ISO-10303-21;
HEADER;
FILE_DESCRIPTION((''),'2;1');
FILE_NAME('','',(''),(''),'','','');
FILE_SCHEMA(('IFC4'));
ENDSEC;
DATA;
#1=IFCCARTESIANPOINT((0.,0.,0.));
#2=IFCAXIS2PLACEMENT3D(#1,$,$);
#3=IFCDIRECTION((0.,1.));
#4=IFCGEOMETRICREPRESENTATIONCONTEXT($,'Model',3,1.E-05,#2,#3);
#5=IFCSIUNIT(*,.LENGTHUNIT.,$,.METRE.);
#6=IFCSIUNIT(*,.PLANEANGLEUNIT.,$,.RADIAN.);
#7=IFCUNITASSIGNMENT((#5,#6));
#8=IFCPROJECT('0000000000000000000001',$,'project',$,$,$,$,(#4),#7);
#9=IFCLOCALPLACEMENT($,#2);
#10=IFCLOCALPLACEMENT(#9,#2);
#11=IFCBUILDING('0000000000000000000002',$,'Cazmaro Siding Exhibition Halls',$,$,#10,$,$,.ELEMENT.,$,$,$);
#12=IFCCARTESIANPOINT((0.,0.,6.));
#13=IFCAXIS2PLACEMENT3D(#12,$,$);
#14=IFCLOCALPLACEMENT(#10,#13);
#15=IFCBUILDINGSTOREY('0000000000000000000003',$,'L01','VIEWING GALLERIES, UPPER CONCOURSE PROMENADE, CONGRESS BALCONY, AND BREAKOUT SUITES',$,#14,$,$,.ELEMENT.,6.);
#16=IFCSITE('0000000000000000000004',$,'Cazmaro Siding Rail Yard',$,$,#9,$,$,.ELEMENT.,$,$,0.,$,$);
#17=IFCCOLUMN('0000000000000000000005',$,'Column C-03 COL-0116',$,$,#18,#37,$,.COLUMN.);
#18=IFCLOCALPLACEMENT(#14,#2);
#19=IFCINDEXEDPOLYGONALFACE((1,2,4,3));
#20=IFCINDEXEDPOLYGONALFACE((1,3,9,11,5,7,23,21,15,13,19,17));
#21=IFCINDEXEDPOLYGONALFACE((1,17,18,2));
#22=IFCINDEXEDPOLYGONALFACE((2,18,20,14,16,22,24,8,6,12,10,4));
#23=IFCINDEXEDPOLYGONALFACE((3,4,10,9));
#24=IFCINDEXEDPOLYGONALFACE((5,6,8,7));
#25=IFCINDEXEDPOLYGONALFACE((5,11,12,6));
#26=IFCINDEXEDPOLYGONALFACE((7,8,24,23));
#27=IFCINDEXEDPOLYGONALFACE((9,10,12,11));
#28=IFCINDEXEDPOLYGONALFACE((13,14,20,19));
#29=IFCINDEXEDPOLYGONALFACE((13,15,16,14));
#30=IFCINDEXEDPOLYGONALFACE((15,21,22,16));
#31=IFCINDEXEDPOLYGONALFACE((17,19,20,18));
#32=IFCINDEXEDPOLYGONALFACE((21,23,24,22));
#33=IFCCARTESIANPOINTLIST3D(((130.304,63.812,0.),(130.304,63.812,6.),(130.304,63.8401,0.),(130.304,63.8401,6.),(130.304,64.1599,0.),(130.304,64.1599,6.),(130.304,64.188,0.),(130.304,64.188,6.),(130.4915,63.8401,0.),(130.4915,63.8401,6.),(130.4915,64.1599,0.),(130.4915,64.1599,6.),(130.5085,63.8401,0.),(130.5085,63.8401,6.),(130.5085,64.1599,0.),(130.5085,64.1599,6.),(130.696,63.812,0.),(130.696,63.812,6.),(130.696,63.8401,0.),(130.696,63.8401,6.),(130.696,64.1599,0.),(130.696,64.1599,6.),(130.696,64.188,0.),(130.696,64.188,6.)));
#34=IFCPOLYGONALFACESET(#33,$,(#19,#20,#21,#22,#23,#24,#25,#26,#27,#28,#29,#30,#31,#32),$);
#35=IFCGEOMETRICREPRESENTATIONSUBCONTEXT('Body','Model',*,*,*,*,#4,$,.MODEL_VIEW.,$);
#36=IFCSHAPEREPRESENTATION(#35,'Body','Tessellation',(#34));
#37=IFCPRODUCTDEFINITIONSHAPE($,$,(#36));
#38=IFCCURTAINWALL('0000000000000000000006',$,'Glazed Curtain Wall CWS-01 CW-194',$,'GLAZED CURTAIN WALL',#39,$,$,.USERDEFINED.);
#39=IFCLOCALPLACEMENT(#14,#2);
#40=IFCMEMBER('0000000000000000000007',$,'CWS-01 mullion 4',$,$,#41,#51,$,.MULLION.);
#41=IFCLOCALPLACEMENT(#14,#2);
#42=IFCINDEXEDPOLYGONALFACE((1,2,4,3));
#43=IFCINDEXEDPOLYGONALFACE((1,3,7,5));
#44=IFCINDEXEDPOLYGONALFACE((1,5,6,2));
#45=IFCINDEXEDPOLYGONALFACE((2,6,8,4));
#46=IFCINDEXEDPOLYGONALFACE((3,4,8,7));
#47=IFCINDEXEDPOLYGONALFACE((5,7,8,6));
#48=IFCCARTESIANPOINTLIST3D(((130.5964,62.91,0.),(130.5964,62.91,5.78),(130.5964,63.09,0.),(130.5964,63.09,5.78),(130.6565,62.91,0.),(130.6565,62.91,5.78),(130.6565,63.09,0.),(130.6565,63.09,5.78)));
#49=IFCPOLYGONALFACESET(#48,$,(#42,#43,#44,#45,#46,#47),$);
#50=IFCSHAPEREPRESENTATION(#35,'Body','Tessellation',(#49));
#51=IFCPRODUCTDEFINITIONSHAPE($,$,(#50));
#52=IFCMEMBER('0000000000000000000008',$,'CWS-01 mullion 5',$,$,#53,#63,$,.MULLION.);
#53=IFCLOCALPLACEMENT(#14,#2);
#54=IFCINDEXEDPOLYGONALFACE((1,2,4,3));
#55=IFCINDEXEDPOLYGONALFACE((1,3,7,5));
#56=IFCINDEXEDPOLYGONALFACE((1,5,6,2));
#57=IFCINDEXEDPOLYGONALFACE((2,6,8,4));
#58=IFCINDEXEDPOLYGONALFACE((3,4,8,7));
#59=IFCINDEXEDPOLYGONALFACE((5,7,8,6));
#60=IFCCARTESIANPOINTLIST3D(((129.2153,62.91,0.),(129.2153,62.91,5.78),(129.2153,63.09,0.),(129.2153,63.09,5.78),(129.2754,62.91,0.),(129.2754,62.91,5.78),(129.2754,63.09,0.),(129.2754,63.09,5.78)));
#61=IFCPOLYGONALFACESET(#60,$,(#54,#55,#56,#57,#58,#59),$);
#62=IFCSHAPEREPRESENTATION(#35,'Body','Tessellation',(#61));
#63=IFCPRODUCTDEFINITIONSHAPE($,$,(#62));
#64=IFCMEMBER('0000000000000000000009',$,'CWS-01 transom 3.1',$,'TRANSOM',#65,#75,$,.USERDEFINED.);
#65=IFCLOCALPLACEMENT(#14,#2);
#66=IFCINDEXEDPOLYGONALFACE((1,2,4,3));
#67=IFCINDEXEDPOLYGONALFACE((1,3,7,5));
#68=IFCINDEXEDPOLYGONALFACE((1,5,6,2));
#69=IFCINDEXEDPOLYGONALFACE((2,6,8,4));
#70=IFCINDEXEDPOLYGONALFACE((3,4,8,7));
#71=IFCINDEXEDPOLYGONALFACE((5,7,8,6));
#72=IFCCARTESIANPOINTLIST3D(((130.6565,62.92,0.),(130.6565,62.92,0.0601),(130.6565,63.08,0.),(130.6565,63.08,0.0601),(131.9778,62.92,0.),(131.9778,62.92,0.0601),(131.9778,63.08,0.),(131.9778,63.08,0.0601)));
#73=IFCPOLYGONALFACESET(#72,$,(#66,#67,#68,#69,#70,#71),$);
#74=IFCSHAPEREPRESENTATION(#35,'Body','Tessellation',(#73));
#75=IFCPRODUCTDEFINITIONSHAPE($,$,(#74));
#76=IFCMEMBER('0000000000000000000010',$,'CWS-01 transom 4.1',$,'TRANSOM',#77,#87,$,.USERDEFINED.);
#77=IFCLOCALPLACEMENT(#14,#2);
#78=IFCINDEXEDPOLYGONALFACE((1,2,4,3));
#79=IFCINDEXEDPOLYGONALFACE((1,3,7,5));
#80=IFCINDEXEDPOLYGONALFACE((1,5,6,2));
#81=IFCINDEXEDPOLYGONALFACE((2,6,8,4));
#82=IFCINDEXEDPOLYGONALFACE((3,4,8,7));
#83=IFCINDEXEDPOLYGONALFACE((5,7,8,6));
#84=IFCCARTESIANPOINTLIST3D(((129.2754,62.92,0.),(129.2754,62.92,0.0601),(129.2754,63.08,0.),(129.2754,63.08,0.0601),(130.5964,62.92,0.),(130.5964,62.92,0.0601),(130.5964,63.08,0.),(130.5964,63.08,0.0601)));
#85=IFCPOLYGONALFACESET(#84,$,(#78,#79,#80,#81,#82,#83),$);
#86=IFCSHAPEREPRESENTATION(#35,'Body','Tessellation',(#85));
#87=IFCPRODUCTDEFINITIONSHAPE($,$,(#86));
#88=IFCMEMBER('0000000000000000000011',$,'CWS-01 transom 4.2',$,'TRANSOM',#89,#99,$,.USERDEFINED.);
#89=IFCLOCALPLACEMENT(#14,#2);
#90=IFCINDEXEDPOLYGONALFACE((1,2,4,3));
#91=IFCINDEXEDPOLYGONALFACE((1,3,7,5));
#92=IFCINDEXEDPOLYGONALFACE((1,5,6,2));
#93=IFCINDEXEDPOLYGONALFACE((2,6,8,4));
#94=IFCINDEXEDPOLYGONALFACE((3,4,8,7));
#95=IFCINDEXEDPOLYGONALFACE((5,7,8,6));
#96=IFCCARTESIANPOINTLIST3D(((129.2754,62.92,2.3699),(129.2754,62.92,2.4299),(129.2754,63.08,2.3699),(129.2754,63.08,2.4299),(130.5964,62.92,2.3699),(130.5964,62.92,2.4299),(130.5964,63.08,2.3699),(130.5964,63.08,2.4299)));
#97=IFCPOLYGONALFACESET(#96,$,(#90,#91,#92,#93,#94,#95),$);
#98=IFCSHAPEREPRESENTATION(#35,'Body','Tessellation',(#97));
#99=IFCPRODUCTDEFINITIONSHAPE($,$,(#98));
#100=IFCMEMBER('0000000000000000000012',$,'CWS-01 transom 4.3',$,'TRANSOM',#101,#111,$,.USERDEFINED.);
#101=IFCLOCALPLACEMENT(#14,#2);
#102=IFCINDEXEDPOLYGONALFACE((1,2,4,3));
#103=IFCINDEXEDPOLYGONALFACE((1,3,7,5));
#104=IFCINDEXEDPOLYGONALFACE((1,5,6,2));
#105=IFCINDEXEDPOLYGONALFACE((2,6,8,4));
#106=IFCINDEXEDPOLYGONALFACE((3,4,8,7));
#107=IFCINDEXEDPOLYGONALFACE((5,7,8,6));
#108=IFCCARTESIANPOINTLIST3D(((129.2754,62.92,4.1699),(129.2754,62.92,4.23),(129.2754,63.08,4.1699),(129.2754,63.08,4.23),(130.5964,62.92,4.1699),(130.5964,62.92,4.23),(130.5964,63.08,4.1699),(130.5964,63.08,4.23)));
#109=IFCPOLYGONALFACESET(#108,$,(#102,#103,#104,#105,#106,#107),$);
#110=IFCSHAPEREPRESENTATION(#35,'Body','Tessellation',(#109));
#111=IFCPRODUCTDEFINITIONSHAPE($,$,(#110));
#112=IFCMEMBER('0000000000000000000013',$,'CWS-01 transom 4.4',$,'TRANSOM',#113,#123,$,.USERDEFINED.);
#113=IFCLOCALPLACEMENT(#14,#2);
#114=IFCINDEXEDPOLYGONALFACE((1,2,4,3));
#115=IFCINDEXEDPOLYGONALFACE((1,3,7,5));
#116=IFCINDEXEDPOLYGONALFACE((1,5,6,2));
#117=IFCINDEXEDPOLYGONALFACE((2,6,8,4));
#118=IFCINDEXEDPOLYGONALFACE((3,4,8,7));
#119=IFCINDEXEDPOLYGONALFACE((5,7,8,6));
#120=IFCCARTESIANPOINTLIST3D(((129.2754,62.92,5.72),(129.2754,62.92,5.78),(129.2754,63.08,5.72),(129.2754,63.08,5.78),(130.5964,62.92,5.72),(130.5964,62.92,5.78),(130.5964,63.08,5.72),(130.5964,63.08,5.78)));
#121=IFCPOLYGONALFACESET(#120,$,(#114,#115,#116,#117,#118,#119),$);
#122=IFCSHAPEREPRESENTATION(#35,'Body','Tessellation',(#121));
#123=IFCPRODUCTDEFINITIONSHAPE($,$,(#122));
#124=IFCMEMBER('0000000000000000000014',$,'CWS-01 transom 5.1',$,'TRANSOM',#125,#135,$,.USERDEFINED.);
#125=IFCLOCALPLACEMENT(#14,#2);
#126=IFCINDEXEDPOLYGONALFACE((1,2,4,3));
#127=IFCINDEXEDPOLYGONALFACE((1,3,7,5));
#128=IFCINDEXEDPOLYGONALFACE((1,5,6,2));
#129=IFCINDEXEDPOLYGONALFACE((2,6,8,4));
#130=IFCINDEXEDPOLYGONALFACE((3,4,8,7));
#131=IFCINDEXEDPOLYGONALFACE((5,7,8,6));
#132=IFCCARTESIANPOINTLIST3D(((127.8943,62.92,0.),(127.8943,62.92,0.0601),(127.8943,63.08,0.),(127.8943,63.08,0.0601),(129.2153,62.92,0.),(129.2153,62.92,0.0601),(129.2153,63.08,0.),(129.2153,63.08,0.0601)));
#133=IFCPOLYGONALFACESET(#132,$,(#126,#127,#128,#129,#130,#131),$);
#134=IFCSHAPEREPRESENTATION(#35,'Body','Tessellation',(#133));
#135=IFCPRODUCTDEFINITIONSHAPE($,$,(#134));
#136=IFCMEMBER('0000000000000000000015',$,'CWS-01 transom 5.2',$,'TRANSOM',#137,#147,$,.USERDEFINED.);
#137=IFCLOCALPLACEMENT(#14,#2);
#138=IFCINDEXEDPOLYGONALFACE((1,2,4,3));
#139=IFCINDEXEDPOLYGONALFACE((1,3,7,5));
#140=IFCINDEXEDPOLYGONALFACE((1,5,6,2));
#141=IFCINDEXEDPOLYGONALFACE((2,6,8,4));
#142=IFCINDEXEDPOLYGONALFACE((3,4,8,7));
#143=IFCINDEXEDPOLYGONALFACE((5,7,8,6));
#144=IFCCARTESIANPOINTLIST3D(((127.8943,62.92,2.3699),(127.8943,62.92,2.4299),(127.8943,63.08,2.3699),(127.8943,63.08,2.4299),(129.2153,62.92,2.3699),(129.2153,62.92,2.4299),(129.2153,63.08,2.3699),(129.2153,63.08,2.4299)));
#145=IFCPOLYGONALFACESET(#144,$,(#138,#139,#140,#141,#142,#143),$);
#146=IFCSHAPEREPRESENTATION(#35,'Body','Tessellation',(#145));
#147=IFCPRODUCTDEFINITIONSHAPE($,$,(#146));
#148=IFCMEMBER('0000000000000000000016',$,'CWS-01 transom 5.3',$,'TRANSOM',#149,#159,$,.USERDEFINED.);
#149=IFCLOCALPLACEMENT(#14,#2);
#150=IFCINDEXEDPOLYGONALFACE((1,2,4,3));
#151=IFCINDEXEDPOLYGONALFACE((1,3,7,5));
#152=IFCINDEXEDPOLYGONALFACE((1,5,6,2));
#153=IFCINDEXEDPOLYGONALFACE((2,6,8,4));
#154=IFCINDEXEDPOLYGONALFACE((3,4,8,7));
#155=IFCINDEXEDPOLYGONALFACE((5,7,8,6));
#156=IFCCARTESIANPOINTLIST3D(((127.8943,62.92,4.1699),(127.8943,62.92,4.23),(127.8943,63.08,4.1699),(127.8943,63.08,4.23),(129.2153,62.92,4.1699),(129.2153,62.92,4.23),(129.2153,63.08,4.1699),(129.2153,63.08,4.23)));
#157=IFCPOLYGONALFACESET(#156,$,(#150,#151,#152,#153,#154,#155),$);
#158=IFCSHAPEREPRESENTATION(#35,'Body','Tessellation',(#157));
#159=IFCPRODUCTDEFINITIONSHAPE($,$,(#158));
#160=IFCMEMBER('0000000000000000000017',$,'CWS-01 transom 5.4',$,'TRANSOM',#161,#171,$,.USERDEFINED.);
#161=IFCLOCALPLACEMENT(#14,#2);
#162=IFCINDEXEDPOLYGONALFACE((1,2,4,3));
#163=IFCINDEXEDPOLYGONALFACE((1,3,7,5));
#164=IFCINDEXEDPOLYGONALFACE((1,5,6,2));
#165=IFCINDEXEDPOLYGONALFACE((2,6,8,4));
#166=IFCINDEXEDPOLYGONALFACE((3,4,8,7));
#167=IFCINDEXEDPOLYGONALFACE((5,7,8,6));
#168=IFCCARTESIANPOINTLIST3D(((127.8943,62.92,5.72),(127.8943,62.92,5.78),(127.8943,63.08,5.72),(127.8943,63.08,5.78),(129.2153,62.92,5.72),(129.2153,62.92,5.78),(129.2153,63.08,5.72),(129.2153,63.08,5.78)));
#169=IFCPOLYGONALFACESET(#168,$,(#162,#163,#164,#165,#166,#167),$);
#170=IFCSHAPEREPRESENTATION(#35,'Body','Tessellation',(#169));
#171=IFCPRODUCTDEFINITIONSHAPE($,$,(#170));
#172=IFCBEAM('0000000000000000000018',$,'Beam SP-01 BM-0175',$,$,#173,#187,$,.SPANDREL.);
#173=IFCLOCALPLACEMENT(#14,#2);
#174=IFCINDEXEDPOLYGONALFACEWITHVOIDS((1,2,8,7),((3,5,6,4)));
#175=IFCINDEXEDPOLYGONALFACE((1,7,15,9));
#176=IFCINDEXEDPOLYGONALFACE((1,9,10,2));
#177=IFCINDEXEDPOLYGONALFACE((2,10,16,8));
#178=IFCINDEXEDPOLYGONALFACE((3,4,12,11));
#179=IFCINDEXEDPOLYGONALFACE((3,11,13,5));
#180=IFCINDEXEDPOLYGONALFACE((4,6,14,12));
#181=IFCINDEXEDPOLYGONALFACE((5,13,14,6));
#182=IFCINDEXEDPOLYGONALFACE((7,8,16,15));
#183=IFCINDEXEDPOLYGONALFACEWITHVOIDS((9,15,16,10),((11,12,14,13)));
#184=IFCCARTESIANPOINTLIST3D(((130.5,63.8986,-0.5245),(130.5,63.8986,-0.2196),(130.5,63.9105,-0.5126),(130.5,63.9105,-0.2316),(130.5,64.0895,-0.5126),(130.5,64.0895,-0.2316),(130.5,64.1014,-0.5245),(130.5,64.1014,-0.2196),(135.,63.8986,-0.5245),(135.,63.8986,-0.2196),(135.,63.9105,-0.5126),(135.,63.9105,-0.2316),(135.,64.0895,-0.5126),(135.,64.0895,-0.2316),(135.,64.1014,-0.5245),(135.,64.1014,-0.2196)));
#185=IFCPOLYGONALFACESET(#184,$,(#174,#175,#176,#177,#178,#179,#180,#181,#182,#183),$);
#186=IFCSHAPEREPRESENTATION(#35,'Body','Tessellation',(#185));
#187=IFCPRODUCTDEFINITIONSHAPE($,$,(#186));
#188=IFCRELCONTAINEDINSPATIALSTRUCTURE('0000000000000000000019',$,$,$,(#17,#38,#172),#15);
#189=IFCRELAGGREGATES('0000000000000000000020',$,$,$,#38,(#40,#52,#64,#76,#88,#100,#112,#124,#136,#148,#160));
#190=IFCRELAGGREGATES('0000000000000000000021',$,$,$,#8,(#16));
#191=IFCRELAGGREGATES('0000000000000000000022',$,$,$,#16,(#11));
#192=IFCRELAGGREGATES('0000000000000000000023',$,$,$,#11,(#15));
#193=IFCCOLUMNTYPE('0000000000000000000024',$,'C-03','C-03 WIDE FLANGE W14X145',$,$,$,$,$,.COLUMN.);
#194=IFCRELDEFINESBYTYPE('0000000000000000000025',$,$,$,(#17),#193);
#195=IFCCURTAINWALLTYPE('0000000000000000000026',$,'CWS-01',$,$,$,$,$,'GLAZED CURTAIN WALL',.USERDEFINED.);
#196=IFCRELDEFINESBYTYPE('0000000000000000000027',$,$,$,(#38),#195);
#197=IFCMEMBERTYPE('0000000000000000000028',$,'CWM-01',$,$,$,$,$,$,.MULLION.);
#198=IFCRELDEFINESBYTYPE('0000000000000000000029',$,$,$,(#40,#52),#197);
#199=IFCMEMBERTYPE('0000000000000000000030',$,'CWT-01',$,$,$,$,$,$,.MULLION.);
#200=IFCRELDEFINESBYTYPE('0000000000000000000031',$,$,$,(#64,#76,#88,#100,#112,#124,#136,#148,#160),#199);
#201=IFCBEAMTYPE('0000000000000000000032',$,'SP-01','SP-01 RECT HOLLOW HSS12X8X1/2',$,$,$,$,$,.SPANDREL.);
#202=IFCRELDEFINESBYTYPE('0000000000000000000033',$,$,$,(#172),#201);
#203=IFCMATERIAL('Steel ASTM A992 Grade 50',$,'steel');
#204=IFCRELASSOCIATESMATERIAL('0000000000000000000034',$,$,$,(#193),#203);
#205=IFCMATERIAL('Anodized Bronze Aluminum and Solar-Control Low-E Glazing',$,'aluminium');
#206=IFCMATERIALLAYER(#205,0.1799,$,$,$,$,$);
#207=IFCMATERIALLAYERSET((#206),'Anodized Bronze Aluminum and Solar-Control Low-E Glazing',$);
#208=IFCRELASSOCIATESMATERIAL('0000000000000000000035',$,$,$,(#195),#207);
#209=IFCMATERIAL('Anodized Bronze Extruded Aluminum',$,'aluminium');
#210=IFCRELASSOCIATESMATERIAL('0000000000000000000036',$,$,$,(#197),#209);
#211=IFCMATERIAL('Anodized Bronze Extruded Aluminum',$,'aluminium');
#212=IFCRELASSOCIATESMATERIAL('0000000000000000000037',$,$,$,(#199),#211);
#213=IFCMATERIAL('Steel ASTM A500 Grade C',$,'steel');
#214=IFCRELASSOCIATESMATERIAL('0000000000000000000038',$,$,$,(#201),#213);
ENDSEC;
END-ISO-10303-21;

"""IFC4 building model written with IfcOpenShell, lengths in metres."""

from ifc_helpers import new_model, si_unit, direction, frame, origin, origin_2d, place, context, subcontext, project, spatial, rectangle, hollow_rectangle, i_section, extrude, material, layer, layer_set, material_profile, profile_set, type_object, element, aggregate, save


model = new_model("IFC4")

# Units and contexts
model_context = context("Model", 3, precision=1e-05, world=origin(), true_north=direction((0.0, 1.0)))
body_context = subcontext(model_context, "Body", "Model", "MODEL_VIEW")
ifc_project = project(units=[si_unit("LENGTHUNIT", "METRE"), si_unit("PLANEANGLEUNIT", "RADIAN")], contexts=[model_context])

# Site, building, storey
site_placement = place(None, origin())
site = spatial("IfcSite", under=ifc_project, at=site_placement, Name="Cazmaro Siding Rail Yard", CompositionType="ELEMENT", RefElevation=0.0)
building_placement = place(site_placement, origin())
building = spatial("IfcBuilding", under=site, at=building_placement, Name="Cazmaro Siding Exhibition Halls", CompositionType="ELEMENT")
storey_placement = place(building_placement, frame((0.0, 0.0, 6.0)))
storey = spatial("IfcBuildingStorey", under=building, at=storey_placement, Name="L01", Description="VIEWING GALLERIES, UPPER CONCOURSE PROMENADE, CONGRESS BALCONY, AND BREAKOUT SUITES", CompositionType="ELEMENT", Elevation=6.0)

# Column
ifc_material_1 = material(Name="Steel ASTM A992 Grade 50", Category="steel")
ifc_material_profile_1 = material_profile(ifc_material_1, i_section(OverallWidth=0.3921, OverallDepth=0.376, WebThickness=0.0171, FlangeThickness=0.0281, at=origin_2d()), Name="W14X145")
ifc_profile_set_1 = profile_set([ifc_material_profile_1], Name="Steel ASTM A992 Grade 50")
column_type = type_object("IfcColumnType", Name="C-03", Description="C-03 WIDE FLANGE W14X145", PredefinedType="COLUMN", material=ifc_profile_set_1)
column_placement = place(storey_placement, frame((130.5, 64.0, 0.0), z_axis=(0.0, 0.0, 1.0), x_axis=(1.0, 0.0, 0.0)))
element("IfcColumn", 1, at=column_placement, inside=storey, type_object=column_type, Name="Column C-03 COL-0116", PredefinedType="COLUMN", context=body_context, shape_type="SweptSolid", body=[
    extrude(i_section(OverallWidth=0.3921, OverallDepth=0.376, WebThickness=0.0171, FlangeThickness=0.0281, at=origin_2d()), origin(), (0.0, 0.0, 1.0), 6.0),
])

# Curtain wall, members
ifc_material_2 = material(Name="Anodized Bronze Aluminum and Solar-Control Low-E Glazing", Category="aluminium")
ifc_layer_1 = layer(ifc_material_2, 0.1799)
ifc_layer_set_1 = layer_set([ifc_layer_1], Name="Anodized Bronze Aluminum and Solar-Control Low-E Glazing")
curtain_wall_type = type_object("IfcCurtainWallType", Name="CWS-01", ElementType="GLAZED CURTAIN WALL", PredefinedType="USERDEFINED", material=ifc_layer_set_1)
curtain_wall_placement = place(storey_placement, origin())
curtain_wall = element("IfcCurtainWall", 2, at=curtain_wall_placement, inside=storey, type_object=curtain_wall_type, Name="Glazed Curtain Wall CWS-01 CW-194", ObjectType="GLAZED CURTAIN WALL", PredefinedType="USERDEFINED")
ifc_material_3 = material(Name="Anodized Bronze Extruded Aluminum", Category="aluminium")
ifc_material_profile_2 = material_profile(ifc_material_3, rectangle(XDim=0.1799, YDim=0.0601, at=origin_2d()), Name="CWM-01")
ifc_profile_set_2 = profile_set([ifc_material_profile_2], Name="Anodized Bronze Extruded Aluminum")
member_type_1 = type_object("IfcMemberType", Name="CWM-01", PredefinedType="MULLION", material=ifc_profile_set_2)
member_1_placement = place(storey_placement, frame((130.6265, 63.0, 0.0), z_axis=(0.0, 0.0, 1.0), x_axis=(0.0, -1.0, 0.0)))
member_1 = element("IfcMember", 3, at=member_1_placement, type_object=member_type_1, Name="CWS-01 mullion 4", PredefinedType="MULLION", context=body_context, shape_type="SweptSolid", body=[
    extrude(rectangle(XDim=0.1799, YDim=0.0601, at=origin_2d()), origin(), (0.0, 0.0, 1.0), 5.78),
])
member_2_placement = place(storey_placement, frame((129.2454, 63.0, 0.0), z_axis=(0.0, 0.0, 1.0), x_axis=(0.0, -1.0, 0.0)))
member_2 = element("IfcMember", 4, at=member_2_placement, type_object=member_type_1, Name="CWS-01 mullion 5", PredefinedType="MULLION", context=body_context, shape_type="SweptSolid", body=[
    extrude(rectangle(XDim=0.1799, YDim=0.0601, at=origin_2d()), origin(), (0.0, 0.0, 1.0), 5.78),
])
ifc_material_4 = material(Name="Anodized Bronze Extruded Aluminum", Category="aluminium")
ifc_material_profile_3 = material_profile(ifc_material_4, rectangle(XDim=0.1599, YDim=0.0601, at=origin_2d()), Name="CWT-01")
ifc_profile_set_3 = profile_set([ifc_material_profile_3], Name="Anodized Bronze Extruded Aluminum")
member_type_2 = type_object("IfcMemberType", Name="CWT-01", PredefinedType="MULLION", material=ifc_profile_set_3)
member_3_placement = place(storey_placement, frame((131.9778, 63.0, 0.03), z_axis=(-1.0, 0.0, 0.0), x_axis=(0.0, -1.0, 0.0)))
member_3 = element("IfcMember", 5, at=member_3_placement, type_object=member_type_2, Name="CWS-01 transom 3.1", ObjectType="TRANSOM", PredefinedType="USERDEFINED", context=body_context, shape_type="SweptSolid", body=[
    extrude(rectangle(XDim=0.1599, YDim=0.0601, at=origin_2d()), origin(), (0.0, 0.0, 1.0), 1.3213),
])
member_4_placement = place(storey_placement, frame((130.5964, 63.0, 0.03), z_axis=(-1.0, 0.0, 0.0), x_axis=(0.0, -1.0, 0.0)))
member_4 = element("IfcMember", 6, at=member_4_placement, type_object=member_type_2, Name="CWS-01 transom 4.1", ObjectType="TRANSOM", PredefinedType="USERDEFINED", context=body_context, shape_type="SweptSolid", body=[
    extrude(rectangle(XDim=0.1599, YDim=0.0601, at=origin_2d()), origin(), (0.0, 0.0, 1.0), 1.321),
])
member_5_placement = place(storey_placement, frame((130.5964, 63.0, 2.3999), z_axis=(-1.0, 0.0, 0.0), x_axis=(0.0, -1.0, 0.0)))
member_5 = element("IfcMember", 7, at=member_5_placement, type_object=member_type_2, Name="CWS-01 transom 4.2", ObjectType="TRANSOM", PredefinedType="USERDEFINED", context=body_context, shape_type="SweptSolid", body=[
    extrude(rectangle(XDim=0.1599, YDim=0.0601, at=origin_2d()), origin(), (0.0, 0.0, 1.0), 1.321),
])
member_6_placement = place(storey_placement, frame((130.5964, 63.0, 4.2), z_axis=(-1.0, 0.0, 0.0), x_axis=(0.0, -1.0, 0.0)))
member_6 = element("IfcMember", 8, at=member_6_placement, type_object=member_type_2, Name="CWS-01 transom 4.3", ObjectType="TRANSOM", PredefinedType="USERDEFINED", context=body_context, shape_type="SweptSolid", body=[
    extrude(rectangle(XDim=0.1599, YDim=0.0601, at=origin_2d()), origin(), (0.0, 0.0, 1.0), 1.321),
])
member_7_placement = place(storey_placement, frame((130.5964, 63.0, 5.75), z_axis=(-1.0, 0.0, 0.0), x_axis=(0.0, -1.0, 0.0)))
member_7 = element("IfcMember", 9, at=member_7_placement, type_object=member_type_2, Name="CWS-01 transom 4.4", ObjectType="TRANSOM", PredefinedType="USERDEFINED", context=body_context, shape_type="SweptSolid", body=[
    extrude(rectangle(XDim=0.1599, YDim=0.0601, at=origin_2d()), origin(), (0.0, 0.0, 1.0), 1.321),
])
member_8_placement = place(storey_placement, frame((129.2153, 63.0, 0.03), z_axis=(-1.0, 0.0, 0.0), x_axis=(0.0, -1.0, 0.0)))
member_8 = element("IfcMember", 10, at=member_8_placement, type_object=member_type_2, Name="CWS-01 transom 5.1", ObjectType="TRANSOM", PredefinedType="USERDEFINED", context=body_context, shape_type="SweptSolid", body=[
    extrude(rectangle(XDim=0.1599, YDim=0.0601, at=origin_2d()), origin(), (0.0, 0.0, 1.0), 1.321),
])
member_9_placement = place(storey_placement, frame((129.2153, 63.0, 2.3999), z_axis=(-1.0, 0.0, 0.0), x_axis=(0.0, -1.0, 0.0)))
member_9 = element("IfcMember", 11, at=member_9_placement, type_object=member_type_2, Name="CWS-01 transom 5.2", ObjectType="TRANSOM", PredefinedType="USERDEFINED", context=body_context, shape_type="SweptSolid", body=[
    extrude(rectangle(XDim=0.1599, YDim=0.0601, at=origin_2d()), origin(), (0.0, 0.0, 1.0), 1.321),
])
member_10_placement = place(storey_placement, frame((129.2153, 63.0, 4.2), z_axis=(-1.0, 0.0, 0.0), x_axis=(0.0, -1.0, 0.0)))
member_10 = element("IfcMember", 12, at=member_10_placement, type_object=member_type_2, Name="CWS-01 transom 5.3", ObjectType="TRANSOM", PredefinedType="USERDEFINED", context=body_context, shape_type="SweptSolid", body=[
    extrude(rectangle(XDim=0.1599, YDim=0.0601, at=origin_2d()), origin(), (0.0, 0.0, 1.0), 1.321),
])
member_11_placement = place(storey_placement, frame((129.2153, 63.0, 5.75), z_axis=(-1.0, 0.0, 0.0), x_axis=(0.0, -1.0, 0.0)))
member_11 = element("IfcMember", 13, at=member_11_placement, type_object=member_type_2, Name="CWS-01 transom 5.4", ObjectType="TRANSOM", PredefinedType="USERDEFINED", context=body_context, shape_type="SweptSolid", body=[
    extrude(rectangle(XDim=0.1599, YDim=0.0601, at=origin_2d()), origin(), (0.0, 0.0, 1.0), 1.321),
])

# Beam
ifc_material_5 = material(Name="Steel ASTM A500 Grade C", Category="steel")
ifc_material_profile_4 = material_profile(ifc_material_5, hollow_rectangle(XDim=0.2029, YDim=0.3049, WallThickness=0.012, at=origin_2d()), Name="HSS12X8X1/2")
ifc_profile_set_4 = profile_set([ifc_material_profile_4], Name="Steel ASTM A500 Grade C")
beam_type = type_object("IfcBeamType", Name="SP-01", Description="SP-01 RECT HOLLOW HSS12X8X1/2", PredefinedType="SPANDREL", material=ifc_profile_set_4)
beam_placement = place(storey_placement, frame((130.5, 64.0, -0.3721), z_axis=(1.0, 0.0, 0.0), x_axis=(0.0, 1.0, 0.0)))
element("IfcBeam", 14, at=beam_placement, inside=storey, type_object=beam_type, Name="Beam SP-01 BM-0175", PredefinedType="SPANDREL", context=body_context, shape_type="SweptSolid", body=[
    extrude(hollow_rectangle(XDim=0.2029, YDim=0.3049, WallThickness=0.012, at=origin_2d()), origin(), (0.0, 0.0, 1.0), 4.5),
])

aggregate(curtain_wall, [member_1, member_2, member_3, member_4, member_5, member_6, member_7, member_8, member_9, member_10, member_11])

save(model, "model.ifc")
